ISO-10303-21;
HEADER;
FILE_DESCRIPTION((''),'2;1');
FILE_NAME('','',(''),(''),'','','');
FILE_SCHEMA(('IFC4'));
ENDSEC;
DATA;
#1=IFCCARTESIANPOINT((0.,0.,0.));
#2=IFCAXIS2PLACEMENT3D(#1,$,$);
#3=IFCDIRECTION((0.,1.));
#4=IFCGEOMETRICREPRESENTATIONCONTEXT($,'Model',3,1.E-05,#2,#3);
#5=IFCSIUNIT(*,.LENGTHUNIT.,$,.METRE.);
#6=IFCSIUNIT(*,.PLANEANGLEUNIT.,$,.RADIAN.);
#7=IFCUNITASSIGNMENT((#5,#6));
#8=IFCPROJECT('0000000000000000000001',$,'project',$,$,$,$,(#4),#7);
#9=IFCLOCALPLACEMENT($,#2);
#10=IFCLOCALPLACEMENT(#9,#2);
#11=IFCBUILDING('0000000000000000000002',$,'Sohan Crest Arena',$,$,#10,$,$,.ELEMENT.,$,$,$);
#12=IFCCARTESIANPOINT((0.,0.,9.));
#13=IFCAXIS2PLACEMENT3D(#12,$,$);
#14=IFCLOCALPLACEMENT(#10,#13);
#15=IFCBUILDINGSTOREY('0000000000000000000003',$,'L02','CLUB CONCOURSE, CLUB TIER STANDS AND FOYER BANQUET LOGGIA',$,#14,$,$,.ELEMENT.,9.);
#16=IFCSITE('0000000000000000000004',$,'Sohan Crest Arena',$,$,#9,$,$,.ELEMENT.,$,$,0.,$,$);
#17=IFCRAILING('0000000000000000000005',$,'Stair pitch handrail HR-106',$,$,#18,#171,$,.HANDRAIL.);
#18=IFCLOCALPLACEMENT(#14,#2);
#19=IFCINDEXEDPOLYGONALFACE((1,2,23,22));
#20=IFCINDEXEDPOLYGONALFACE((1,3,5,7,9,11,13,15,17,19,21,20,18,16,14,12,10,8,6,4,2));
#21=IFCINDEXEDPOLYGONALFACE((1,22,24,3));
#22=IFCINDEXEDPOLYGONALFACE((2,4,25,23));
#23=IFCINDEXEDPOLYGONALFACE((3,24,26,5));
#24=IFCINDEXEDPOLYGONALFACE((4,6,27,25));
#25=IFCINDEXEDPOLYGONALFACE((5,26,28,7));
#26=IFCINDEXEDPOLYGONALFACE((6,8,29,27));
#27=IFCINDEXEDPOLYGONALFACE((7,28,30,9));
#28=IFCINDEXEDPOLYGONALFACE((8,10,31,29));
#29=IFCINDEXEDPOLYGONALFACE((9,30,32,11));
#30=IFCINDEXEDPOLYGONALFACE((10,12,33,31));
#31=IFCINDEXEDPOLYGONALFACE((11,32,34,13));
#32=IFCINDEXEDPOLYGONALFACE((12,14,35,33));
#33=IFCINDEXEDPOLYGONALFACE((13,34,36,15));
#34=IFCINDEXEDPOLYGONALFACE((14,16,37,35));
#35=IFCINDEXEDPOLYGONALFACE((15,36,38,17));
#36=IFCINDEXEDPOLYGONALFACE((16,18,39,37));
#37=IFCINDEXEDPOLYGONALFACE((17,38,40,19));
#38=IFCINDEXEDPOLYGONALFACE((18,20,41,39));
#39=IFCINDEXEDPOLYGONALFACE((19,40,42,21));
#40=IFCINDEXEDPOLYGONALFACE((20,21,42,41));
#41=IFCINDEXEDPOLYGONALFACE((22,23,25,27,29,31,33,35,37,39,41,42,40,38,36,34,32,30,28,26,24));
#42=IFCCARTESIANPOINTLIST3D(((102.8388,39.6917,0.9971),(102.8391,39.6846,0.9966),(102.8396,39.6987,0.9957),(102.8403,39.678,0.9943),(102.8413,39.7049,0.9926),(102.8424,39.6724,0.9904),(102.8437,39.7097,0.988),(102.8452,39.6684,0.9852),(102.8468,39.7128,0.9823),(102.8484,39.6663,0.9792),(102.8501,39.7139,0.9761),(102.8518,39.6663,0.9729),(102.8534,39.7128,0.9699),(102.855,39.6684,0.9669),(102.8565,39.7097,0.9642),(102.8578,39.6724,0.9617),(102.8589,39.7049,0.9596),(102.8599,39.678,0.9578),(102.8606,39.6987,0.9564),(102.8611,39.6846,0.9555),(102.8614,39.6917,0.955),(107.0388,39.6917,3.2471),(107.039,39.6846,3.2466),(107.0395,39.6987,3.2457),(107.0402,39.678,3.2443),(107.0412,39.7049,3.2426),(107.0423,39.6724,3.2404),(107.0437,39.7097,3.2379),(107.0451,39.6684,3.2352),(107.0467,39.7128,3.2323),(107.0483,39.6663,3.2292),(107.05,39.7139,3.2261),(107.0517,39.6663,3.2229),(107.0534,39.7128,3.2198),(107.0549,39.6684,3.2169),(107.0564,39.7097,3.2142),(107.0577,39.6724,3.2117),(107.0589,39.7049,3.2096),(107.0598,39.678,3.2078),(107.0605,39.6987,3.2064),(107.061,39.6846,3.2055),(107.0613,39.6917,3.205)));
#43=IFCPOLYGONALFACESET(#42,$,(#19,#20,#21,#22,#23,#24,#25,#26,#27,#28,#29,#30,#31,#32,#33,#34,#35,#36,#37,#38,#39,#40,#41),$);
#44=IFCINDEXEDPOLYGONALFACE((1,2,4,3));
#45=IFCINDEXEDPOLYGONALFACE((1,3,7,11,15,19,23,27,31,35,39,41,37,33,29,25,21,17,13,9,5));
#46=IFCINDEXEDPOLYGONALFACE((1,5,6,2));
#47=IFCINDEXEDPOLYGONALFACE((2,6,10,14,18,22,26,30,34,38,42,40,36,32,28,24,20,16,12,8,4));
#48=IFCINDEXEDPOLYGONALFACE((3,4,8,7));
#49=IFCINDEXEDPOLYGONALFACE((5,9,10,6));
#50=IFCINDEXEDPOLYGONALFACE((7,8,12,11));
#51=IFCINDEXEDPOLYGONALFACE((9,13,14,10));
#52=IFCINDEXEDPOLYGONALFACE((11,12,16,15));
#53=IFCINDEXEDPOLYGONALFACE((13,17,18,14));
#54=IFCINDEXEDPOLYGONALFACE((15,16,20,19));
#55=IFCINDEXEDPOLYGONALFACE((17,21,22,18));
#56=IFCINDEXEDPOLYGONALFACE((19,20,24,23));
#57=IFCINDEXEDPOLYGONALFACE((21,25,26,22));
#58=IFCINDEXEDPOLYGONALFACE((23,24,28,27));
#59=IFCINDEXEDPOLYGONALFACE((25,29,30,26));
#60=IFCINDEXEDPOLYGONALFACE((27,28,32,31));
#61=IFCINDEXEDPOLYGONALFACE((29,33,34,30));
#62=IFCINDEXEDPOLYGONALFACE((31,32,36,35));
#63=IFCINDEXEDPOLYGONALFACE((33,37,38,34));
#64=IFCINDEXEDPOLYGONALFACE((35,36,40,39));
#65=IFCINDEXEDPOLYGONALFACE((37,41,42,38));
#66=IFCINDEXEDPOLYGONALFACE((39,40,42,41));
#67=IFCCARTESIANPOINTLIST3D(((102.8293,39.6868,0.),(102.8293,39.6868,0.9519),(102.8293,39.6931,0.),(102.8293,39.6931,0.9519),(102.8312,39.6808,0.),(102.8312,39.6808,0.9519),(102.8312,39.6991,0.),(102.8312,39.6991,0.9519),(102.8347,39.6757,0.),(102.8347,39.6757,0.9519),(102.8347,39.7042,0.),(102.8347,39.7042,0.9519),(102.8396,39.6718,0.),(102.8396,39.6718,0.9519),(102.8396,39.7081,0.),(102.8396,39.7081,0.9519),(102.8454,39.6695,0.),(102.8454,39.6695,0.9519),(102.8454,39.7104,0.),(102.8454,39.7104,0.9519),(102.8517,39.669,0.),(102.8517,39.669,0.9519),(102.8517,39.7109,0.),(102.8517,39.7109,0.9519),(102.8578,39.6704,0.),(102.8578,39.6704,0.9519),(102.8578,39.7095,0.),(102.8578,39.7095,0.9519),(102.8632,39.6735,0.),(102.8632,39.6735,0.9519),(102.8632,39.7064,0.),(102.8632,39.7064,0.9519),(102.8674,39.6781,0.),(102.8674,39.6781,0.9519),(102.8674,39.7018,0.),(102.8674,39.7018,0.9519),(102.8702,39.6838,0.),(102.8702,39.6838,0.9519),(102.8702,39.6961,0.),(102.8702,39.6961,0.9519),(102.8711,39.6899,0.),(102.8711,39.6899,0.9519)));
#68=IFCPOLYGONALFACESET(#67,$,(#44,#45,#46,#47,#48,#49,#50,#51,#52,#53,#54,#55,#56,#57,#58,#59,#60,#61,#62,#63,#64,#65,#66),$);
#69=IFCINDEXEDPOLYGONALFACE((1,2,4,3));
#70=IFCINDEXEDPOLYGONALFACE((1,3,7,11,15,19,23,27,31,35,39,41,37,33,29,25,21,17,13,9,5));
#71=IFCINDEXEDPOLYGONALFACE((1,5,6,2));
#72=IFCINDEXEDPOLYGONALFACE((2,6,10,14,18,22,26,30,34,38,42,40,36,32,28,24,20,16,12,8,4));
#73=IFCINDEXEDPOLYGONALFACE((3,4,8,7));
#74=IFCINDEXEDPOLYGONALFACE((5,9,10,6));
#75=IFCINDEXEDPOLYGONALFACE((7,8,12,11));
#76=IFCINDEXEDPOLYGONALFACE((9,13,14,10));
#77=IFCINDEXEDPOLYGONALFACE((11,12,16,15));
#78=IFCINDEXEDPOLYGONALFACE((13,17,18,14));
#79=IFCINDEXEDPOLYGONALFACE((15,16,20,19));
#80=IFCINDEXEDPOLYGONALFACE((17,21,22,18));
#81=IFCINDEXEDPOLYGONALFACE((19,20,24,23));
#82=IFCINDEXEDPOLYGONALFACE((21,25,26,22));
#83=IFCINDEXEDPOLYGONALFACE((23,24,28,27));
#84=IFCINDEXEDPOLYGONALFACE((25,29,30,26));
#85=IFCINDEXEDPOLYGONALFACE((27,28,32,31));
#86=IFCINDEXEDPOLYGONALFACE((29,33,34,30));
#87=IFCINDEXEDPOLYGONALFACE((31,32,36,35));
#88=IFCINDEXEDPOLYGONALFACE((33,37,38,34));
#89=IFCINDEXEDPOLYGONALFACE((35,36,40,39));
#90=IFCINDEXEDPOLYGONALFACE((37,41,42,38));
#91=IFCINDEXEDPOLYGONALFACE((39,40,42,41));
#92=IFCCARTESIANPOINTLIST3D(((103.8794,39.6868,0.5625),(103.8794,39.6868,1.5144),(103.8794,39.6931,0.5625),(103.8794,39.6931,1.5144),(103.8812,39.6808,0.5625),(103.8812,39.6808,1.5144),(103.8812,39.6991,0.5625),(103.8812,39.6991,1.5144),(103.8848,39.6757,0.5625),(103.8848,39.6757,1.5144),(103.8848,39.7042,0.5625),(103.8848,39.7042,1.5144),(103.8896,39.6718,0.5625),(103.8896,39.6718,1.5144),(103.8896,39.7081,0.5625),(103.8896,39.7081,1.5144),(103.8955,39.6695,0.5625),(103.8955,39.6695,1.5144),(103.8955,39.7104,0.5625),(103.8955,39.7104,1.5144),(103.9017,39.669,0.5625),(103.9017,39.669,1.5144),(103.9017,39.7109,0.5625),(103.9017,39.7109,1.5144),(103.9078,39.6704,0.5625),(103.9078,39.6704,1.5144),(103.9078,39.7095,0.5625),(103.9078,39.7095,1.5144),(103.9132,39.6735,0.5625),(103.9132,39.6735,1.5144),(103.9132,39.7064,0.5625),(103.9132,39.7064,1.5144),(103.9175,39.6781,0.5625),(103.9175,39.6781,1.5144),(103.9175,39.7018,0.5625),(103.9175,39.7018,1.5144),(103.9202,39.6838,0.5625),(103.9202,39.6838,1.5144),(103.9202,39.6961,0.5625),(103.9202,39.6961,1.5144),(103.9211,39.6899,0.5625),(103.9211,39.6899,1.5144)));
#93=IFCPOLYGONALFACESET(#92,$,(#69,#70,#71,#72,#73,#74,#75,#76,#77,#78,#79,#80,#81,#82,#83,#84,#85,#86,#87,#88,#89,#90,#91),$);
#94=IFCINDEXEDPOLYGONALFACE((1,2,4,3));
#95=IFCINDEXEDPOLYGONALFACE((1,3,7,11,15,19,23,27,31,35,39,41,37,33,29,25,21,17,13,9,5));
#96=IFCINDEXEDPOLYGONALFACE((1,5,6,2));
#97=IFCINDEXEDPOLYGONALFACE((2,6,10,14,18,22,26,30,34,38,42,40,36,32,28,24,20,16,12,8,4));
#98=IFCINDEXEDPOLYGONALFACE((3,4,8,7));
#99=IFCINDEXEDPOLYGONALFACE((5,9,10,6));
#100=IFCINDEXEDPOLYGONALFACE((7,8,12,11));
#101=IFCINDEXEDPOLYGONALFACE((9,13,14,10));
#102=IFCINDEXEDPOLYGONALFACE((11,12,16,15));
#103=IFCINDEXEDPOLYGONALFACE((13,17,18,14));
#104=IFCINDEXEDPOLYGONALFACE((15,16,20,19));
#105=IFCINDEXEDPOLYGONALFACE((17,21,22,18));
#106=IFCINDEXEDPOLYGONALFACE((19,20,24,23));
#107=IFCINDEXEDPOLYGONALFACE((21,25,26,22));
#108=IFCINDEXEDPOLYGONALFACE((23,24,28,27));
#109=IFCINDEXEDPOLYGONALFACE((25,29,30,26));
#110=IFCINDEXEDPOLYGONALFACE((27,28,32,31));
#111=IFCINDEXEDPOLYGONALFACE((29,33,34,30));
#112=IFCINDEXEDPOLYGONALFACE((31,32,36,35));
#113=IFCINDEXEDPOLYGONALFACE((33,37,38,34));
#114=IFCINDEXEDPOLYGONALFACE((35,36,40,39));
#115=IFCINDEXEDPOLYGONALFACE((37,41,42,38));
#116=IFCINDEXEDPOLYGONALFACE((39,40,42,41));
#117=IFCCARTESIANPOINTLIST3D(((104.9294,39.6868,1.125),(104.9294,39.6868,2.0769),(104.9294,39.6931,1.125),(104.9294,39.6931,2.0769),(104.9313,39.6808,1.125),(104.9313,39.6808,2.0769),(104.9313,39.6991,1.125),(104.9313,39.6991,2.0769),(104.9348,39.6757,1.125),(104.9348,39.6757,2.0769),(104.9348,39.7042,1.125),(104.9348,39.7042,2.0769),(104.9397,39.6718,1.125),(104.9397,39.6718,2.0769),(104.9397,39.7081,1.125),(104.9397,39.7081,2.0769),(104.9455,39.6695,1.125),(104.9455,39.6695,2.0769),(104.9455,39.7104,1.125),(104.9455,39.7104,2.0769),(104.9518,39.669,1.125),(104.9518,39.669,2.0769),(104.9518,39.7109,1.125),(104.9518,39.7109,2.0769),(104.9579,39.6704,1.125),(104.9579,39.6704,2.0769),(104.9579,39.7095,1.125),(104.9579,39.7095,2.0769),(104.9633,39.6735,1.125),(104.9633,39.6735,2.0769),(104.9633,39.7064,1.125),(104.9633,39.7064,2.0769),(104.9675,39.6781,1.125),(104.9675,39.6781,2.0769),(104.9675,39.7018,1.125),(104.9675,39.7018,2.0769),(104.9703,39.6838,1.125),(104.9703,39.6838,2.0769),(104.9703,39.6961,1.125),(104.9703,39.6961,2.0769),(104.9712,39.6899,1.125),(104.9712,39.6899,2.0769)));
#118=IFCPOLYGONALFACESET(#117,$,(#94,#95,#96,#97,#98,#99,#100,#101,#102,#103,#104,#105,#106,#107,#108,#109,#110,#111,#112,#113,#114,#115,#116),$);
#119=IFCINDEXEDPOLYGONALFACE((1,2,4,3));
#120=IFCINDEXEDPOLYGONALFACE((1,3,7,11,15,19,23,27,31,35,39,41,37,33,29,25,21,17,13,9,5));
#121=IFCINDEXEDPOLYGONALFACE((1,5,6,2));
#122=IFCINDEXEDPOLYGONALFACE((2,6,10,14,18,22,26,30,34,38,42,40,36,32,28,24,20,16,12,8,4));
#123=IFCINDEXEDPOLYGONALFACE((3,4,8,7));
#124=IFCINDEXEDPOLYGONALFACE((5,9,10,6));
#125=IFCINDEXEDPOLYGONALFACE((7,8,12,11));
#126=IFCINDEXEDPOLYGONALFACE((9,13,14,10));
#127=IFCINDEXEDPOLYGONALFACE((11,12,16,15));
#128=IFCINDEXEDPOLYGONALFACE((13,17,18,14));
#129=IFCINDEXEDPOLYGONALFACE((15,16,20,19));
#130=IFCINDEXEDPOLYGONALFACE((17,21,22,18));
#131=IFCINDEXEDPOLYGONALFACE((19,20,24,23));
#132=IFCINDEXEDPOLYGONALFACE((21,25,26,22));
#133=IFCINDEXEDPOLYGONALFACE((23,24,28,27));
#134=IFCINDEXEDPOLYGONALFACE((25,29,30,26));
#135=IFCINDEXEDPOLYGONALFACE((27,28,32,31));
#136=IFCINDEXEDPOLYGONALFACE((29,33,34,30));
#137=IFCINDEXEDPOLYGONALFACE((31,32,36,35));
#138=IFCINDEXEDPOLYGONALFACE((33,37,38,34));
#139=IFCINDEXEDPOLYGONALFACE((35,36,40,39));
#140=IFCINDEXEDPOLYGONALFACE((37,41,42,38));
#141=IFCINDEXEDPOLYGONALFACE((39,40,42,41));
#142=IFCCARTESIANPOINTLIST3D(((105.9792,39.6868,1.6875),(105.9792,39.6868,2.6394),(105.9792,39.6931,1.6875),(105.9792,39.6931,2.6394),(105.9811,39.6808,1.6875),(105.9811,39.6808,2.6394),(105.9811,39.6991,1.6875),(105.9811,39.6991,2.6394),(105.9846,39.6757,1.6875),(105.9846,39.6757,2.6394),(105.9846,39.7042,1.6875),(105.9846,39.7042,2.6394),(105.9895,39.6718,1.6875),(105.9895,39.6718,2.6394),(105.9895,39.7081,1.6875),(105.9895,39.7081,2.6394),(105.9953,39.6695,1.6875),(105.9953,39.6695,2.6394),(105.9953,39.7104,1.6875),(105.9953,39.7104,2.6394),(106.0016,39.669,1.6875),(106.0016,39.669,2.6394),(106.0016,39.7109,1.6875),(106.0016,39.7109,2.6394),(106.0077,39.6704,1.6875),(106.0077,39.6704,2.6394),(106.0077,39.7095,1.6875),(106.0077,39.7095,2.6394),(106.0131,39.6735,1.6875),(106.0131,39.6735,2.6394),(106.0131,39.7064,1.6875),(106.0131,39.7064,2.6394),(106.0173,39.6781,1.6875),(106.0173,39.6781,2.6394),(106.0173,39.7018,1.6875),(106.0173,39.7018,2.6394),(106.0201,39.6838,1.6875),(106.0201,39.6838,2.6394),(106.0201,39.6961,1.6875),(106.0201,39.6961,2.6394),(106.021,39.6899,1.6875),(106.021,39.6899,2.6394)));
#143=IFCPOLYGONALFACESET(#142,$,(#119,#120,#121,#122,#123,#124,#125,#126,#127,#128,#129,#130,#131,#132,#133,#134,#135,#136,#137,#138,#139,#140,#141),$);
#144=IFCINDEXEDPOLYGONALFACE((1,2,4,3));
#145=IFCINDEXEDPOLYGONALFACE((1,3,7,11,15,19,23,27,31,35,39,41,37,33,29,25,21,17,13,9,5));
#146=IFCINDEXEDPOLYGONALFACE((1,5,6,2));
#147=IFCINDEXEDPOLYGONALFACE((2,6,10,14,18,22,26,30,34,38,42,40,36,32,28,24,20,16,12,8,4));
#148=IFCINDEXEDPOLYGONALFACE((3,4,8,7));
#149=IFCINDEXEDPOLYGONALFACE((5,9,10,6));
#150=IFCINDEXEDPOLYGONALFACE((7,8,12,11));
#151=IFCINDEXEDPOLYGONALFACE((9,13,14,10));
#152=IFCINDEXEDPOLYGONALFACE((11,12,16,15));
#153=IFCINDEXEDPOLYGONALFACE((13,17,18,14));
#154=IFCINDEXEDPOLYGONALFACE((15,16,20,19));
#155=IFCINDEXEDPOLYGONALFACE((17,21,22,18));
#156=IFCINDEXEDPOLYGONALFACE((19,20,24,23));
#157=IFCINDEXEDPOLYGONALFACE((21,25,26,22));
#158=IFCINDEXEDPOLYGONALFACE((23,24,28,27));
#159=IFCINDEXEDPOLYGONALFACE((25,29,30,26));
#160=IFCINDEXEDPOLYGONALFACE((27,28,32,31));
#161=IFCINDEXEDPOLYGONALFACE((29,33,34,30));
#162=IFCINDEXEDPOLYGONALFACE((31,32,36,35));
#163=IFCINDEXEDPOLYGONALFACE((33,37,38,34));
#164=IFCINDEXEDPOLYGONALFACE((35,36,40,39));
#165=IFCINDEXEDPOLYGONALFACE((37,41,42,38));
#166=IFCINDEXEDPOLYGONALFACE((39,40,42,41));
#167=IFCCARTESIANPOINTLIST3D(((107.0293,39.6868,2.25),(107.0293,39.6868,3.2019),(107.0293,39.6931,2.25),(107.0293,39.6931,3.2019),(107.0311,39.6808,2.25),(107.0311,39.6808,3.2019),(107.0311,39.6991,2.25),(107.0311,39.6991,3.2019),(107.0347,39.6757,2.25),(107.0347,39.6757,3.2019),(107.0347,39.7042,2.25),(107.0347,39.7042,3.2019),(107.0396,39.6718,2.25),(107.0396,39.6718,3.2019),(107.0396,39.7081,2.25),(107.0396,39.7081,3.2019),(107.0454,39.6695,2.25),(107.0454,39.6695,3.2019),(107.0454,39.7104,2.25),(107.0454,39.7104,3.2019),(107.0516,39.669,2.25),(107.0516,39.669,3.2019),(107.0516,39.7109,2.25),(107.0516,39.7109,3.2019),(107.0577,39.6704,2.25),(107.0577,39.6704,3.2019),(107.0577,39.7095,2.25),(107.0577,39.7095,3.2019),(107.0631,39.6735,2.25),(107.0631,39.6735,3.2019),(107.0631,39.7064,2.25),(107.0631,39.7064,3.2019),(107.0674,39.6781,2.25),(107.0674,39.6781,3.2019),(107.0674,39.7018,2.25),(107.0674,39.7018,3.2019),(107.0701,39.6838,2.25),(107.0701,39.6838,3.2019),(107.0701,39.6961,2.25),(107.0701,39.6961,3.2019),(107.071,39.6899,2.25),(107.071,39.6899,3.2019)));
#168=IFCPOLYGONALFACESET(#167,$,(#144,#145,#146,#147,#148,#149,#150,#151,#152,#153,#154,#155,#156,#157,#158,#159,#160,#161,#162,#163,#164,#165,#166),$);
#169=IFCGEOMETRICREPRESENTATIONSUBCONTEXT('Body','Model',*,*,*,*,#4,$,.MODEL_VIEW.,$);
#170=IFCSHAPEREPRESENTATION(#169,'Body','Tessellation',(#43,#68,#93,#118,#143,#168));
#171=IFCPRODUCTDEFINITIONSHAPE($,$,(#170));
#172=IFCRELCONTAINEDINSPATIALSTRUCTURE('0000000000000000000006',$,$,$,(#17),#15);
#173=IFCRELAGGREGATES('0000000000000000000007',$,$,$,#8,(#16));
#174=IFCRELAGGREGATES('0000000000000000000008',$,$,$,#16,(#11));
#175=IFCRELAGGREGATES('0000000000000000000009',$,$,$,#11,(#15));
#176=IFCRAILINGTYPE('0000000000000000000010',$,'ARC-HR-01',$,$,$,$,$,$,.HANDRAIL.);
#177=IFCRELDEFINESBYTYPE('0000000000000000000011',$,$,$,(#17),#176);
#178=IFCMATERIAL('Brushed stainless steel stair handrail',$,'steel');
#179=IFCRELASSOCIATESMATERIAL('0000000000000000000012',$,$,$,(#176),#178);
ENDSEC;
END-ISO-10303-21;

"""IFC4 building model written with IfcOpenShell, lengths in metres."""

from ifc_helpers import new_model, si_unit, direction, frame, origin, origin_2d, place, context, subcontext, project, spatial, circle, extrude, material, type_object, element, save


model = new_model("IFC4")

# Units and contexts
model_context = context("Model", 3, precision=1e-05, world=origin(), true_north=direction((0.0, 1.0)))
body_context = subcontext(model_context, "Body", "Model", "MODEL_VIEW")
ifc_project = project(units=[si_unit("LENGTHUNIT", "METRE"), si_unit("PLANEANGLEUNIT", "RADIAN")], contexts=[model_context])

# Site, building, storey
site_placement = place(None, origin())
site = spatial("IfcSite", under=ifc_project, at=site_placement, Name="Sohan Crest Arena", CompositionType="ELEMENT", RefElevation=0.0)
building_placement = place(site_placement, origin())
building = spatial("IfcBuilding", under=site, at=building_placement, Name="Sohan Crest Arena", CompositionType="ELEMENT")
storey_placement = place(building_placement, frame((0.0, 0.0, 9.0)))
storey = spatial("IfcBuildingStorey", under=building, at=storey_placement, Name="L02", Description="CLUB CONCOURSE, CLUB TIER STANDS AND FOYER BANQUET LOGGIA", CompositionType="ELEMENT", Elevation=9.0)

# Railing
ifc_material_1 = material(Name="Brushed stainless steel stair handrail", Category="steel")
railing_type_1 = type_object("IfcRailingType", Name="ARC-HR-01", PredefinedType="HANDRAIL", material=ifc_material_1)
railing_1_placement = place(storey_placement, frame((102.8501, 39.6899, 0.0)))
element("IfcRailing", 1, at=railing_1_placement, inside=storey, type_object=railing_type_1, Name="Stair pitch handrail HR-106", PredefinedType="HANDRAIL", context=body_context, shape_type="SweptSolid", body=[
    extrude(circle(Radius=0.0239, at=origin_2d()), frame((0.0, 0.0, 0.9761), z_axis=(0.881478, 0.0, 0.472226), x_axis=(0.0, 1.0, 0.0)), (0.0, 0.0, 1.0), 4.7646),
    extrude(circle(Radius=0.021, at=origin_2d()), origin(), (0.0, 0.0, 1.0), 0.9519),
    extrude(circle(Radius=0.021, at=origin_2d()), frame((1.05, 0.0, 0.5625)), (0.0, 0.0, 1.0), 0.9519),
    extrude(circle(Radius=0.021, at=origin_2d()), frame((2.1001, 0.0, 1.125)), (0.0, 0.0, 1.0), 0.9519),
    extrude(circle(Radius=0.021, at=origin_2d()), frame((3.1499, 0.0, 1.6875)), (0.0, 0.0, 1.0), 0.9519),
    extrude(circle(Radius=0.021, at=origin_2d()), frame((4.2, 0.0, 2.25)), (0.0, 0.0, 1.0), 0.9519),
])

save(model, "model.ifc")
